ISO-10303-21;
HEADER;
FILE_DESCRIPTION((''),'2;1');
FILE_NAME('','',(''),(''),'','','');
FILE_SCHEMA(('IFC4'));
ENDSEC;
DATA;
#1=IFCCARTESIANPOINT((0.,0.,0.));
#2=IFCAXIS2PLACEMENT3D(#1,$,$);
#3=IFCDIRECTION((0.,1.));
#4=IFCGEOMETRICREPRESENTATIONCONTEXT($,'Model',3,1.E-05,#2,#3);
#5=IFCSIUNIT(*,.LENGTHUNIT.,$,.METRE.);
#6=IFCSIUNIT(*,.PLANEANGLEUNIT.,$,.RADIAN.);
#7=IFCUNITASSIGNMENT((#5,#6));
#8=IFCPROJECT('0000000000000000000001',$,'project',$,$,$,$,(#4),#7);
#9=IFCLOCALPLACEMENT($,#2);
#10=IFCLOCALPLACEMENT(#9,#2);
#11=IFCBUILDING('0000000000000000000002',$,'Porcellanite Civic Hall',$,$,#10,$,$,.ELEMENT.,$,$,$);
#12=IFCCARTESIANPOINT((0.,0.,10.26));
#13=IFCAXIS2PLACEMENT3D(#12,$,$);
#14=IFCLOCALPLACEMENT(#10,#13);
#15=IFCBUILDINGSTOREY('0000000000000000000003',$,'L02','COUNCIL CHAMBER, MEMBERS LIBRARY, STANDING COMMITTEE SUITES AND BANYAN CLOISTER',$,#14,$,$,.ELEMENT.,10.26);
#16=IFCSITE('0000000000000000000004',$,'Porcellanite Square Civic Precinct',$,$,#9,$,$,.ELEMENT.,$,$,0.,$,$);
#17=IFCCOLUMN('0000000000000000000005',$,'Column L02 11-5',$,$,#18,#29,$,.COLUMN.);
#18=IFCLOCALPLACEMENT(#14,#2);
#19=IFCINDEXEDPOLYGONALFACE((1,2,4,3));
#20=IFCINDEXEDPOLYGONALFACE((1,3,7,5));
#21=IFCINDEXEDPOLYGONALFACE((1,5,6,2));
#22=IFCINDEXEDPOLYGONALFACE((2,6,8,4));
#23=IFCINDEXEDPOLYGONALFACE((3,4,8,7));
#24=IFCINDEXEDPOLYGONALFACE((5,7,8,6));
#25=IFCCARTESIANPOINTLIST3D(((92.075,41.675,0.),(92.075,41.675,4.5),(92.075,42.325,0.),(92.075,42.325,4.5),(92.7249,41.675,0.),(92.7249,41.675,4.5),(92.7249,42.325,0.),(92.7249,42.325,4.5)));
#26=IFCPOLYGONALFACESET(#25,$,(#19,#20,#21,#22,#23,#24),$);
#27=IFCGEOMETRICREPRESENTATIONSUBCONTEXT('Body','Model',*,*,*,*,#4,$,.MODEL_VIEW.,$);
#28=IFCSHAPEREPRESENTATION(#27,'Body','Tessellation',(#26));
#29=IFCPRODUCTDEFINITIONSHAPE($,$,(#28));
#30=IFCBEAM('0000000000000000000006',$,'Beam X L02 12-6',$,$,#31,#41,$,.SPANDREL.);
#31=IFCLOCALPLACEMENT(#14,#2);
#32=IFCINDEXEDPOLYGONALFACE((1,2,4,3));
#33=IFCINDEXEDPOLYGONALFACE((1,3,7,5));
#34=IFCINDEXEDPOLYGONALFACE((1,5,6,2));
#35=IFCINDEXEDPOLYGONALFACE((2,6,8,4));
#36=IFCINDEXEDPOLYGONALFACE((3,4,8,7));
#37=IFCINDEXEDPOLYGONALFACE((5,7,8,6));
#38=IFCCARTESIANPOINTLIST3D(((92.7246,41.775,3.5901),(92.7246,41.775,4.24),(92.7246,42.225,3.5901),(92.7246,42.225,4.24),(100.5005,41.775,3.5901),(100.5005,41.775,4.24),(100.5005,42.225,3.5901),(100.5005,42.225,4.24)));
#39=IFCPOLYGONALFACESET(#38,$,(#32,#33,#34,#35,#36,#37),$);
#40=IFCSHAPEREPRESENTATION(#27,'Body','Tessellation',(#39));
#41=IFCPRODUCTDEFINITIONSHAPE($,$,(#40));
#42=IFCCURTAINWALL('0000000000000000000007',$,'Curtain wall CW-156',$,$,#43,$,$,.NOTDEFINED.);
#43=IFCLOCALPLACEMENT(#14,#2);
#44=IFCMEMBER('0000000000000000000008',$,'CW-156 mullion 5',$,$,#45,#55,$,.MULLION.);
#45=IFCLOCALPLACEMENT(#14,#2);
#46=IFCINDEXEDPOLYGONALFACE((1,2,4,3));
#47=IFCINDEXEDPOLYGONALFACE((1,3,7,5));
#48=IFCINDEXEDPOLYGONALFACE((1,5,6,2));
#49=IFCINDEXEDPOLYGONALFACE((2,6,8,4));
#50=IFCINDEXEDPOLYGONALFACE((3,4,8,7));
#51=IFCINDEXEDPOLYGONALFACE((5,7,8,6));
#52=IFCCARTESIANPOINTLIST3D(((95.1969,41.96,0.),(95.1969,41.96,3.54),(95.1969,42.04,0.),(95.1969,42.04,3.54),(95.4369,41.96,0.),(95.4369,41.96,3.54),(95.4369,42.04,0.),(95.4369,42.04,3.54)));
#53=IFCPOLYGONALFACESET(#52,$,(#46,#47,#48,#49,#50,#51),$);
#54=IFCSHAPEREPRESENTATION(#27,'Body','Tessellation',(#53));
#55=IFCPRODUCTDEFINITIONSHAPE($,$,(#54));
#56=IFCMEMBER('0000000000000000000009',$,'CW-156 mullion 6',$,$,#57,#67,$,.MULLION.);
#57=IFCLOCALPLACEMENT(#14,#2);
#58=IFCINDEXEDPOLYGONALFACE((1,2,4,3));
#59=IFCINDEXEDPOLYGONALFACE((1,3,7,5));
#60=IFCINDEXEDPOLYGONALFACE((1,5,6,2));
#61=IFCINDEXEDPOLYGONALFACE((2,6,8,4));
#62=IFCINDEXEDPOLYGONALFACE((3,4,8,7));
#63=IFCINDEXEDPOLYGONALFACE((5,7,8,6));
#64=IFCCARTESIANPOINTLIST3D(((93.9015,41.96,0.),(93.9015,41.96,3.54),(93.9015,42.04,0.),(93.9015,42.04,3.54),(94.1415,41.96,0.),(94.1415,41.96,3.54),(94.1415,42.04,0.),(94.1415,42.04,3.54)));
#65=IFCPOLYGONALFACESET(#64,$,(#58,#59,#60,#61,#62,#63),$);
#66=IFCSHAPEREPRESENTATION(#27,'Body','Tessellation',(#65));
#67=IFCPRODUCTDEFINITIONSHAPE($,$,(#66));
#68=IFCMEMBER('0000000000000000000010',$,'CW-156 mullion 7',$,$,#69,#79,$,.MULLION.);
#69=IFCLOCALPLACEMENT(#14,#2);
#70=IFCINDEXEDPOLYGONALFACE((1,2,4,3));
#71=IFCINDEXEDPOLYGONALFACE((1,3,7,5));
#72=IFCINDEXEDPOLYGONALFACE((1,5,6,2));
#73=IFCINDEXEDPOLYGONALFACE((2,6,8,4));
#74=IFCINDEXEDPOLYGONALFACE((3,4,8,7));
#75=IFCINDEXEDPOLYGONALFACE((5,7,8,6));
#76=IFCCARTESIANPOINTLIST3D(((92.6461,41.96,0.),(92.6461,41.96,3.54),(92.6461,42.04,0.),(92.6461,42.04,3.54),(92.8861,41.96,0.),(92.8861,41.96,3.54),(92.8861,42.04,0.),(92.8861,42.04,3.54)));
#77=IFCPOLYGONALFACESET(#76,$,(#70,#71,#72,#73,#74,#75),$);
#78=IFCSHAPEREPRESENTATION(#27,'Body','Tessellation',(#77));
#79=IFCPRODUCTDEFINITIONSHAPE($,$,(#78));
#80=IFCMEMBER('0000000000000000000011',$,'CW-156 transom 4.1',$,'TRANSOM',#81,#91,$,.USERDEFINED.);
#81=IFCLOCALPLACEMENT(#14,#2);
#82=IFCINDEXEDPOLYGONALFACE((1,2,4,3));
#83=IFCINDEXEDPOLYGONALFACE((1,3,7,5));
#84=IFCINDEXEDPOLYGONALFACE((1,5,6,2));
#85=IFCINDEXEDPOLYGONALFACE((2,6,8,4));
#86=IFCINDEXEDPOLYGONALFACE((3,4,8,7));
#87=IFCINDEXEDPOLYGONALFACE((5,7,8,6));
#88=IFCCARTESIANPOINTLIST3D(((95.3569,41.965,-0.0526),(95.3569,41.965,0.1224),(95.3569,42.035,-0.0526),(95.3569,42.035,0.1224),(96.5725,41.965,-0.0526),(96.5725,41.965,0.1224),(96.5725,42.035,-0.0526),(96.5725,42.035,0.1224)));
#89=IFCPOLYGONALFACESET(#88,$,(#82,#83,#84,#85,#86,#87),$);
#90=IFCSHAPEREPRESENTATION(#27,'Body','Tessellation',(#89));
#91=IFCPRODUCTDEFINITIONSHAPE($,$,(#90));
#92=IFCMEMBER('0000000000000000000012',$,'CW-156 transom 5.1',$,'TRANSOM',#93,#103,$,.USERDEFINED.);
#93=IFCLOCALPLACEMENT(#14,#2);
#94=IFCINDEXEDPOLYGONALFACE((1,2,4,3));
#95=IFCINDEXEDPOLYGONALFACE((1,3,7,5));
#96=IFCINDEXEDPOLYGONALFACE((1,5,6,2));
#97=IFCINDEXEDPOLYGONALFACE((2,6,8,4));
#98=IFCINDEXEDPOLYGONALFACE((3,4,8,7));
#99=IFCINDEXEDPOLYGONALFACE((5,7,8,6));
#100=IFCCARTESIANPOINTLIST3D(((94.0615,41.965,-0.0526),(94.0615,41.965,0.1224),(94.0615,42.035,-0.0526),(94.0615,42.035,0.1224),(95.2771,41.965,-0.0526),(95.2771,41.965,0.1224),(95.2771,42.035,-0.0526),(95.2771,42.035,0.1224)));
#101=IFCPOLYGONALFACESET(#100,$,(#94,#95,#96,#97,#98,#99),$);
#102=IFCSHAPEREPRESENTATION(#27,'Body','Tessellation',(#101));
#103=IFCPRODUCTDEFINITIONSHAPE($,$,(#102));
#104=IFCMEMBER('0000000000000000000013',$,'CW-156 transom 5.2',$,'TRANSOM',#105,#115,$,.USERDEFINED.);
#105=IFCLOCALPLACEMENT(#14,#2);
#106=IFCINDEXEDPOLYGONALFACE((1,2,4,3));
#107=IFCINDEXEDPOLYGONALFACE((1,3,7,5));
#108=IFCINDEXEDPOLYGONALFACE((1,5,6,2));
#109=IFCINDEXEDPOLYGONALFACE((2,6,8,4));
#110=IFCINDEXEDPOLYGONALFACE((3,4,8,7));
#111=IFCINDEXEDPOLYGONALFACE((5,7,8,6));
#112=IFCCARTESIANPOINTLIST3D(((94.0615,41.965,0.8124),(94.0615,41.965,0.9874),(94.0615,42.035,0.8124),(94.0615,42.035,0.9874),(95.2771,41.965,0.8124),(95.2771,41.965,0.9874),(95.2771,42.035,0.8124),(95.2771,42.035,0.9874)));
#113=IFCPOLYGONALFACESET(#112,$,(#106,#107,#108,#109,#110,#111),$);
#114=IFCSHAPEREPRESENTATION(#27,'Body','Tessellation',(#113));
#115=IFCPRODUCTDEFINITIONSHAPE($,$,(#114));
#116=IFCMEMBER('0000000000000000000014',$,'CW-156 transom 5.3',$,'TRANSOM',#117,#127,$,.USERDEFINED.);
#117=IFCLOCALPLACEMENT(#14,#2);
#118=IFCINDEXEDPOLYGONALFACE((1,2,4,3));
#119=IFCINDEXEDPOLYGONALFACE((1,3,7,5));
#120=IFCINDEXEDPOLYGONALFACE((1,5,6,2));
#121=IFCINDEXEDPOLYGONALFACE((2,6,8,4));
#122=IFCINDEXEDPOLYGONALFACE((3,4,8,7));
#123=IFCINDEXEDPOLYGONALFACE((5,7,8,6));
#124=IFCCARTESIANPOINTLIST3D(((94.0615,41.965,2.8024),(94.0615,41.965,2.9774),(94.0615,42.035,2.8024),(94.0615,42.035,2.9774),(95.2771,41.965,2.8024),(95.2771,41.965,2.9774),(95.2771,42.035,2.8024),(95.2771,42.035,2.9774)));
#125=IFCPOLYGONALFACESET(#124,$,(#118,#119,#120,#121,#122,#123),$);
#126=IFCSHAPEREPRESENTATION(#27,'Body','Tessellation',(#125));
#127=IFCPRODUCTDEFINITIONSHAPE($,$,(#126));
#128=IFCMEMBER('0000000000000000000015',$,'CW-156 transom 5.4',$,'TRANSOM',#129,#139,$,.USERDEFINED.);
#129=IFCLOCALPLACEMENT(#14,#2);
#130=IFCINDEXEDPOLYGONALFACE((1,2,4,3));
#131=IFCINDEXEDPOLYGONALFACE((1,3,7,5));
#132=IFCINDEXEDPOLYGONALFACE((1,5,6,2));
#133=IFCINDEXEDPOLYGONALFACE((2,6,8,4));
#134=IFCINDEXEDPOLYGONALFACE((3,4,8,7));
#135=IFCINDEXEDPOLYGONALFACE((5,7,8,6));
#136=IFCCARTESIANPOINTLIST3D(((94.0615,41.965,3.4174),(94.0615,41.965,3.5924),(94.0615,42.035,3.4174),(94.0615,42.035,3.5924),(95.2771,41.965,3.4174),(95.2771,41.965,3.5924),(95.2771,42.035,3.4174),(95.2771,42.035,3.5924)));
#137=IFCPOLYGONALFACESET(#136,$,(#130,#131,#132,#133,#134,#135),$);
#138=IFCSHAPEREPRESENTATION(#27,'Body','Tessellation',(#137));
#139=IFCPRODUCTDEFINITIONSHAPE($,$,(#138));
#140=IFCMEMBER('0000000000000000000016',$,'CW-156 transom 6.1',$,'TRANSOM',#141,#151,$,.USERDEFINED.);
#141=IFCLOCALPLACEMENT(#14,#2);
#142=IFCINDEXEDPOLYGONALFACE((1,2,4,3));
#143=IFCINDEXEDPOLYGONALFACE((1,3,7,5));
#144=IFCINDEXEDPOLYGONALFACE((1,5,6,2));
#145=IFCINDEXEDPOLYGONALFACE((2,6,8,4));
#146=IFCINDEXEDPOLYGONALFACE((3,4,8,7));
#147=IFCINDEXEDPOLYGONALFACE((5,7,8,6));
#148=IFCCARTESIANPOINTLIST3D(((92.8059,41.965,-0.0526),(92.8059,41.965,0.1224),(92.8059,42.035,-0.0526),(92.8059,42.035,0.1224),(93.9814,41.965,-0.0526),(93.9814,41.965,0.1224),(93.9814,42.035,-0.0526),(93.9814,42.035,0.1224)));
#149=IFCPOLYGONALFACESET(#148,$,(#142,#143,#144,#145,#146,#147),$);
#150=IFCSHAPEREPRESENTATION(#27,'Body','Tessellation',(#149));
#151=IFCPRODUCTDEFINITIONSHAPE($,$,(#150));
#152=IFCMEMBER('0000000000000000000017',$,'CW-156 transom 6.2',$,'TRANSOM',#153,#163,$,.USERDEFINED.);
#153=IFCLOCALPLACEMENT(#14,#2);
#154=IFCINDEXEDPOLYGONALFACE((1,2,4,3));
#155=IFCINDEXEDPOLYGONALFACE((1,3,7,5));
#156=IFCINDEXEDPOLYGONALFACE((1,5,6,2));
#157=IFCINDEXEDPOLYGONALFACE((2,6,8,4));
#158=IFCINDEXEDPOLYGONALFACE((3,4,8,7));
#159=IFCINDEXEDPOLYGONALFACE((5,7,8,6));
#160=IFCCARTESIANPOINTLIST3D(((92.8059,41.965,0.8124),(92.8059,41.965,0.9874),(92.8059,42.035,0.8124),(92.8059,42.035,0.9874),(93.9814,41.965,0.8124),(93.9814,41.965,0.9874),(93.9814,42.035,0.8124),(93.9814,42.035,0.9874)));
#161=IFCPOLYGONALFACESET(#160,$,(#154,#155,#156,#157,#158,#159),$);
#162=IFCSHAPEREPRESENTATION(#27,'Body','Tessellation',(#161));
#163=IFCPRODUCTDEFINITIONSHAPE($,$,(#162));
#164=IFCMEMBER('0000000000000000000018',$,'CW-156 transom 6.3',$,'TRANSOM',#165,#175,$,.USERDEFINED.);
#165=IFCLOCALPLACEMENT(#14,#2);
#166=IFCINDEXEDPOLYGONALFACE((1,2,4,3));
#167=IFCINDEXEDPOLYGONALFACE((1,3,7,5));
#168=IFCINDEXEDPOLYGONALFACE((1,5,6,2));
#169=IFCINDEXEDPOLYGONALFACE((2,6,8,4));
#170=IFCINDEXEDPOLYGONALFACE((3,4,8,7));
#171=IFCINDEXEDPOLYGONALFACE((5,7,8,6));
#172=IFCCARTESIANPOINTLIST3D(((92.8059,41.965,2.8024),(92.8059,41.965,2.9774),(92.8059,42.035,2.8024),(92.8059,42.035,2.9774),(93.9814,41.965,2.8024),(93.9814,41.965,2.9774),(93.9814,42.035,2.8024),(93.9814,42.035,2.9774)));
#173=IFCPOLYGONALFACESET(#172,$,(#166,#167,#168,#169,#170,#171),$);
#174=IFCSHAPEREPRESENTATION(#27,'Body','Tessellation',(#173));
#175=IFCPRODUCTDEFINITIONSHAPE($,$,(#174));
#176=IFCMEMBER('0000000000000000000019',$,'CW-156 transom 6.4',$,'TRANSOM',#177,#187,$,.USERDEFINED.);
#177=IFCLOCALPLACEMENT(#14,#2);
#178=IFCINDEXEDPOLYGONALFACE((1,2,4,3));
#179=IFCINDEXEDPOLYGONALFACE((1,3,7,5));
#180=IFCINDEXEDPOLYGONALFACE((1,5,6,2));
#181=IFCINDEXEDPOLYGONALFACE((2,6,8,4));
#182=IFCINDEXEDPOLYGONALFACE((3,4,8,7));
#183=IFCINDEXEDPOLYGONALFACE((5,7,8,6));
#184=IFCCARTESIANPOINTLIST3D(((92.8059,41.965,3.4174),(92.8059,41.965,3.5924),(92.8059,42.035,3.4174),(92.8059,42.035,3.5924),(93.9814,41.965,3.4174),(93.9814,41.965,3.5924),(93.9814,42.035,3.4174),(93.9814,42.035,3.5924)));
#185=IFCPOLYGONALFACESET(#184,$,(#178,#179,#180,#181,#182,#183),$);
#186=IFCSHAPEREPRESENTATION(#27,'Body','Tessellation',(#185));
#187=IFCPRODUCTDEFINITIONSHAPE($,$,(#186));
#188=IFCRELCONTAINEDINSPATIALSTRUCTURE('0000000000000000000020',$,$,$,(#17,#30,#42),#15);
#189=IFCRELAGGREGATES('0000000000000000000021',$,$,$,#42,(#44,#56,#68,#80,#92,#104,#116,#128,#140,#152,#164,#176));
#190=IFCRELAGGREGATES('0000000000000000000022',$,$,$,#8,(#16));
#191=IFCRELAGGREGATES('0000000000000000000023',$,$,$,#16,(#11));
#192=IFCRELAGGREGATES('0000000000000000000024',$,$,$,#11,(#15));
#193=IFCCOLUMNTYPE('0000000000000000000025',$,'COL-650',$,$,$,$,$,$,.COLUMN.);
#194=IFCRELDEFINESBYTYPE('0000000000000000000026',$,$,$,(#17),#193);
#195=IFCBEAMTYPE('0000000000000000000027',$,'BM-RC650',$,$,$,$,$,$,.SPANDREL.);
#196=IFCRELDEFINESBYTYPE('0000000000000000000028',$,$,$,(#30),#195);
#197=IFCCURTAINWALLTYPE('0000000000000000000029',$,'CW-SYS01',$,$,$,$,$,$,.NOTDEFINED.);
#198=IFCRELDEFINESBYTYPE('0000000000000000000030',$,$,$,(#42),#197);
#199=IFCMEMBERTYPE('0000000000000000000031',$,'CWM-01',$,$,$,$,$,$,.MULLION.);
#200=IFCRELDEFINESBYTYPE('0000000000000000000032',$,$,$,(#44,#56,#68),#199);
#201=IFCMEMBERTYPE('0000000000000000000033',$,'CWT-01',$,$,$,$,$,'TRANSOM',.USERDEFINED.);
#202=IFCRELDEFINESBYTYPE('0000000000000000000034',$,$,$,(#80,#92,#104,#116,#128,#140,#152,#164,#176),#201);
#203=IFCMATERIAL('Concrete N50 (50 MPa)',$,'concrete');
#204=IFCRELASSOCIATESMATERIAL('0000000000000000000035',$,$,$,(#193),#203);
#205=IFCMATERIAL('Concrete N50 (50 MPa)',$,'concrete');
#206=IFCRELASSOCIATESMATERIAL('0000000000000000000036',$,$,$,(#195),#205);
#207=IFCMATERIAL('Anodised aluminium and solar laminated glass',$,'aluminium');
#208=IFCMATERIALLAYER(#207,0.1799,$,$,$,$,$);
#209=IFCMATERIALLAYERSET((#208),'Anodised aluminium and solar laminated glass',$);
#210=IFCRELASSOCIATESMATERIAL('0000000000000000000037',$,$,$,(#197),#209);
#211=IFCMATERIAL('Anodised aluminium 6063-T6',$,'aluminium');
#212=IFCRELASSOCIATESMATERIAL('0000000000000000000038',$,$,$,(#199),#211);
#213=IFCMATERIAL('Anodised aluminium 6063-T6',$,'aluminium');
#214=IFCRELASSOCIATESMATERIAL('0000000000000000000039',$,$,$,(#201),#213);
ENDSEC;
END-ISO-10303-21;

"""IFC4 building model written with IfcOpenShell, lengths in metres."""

from ifc_helpers import new_model, si_unit, direction, frame, origin, origin_2d, place, context, subcontext, project, spatial, rectangle, extrude, material, layer, layer_set, material_profile, profile_set, type_object, element, aggregate, save


model = new_model("IFC4")

# Units and contexts
model_context = context("Model", 3, precision=1e-05, world=origin(), true_north=direction((0.0, 1.0)))
body_context = subcontext(model_context, "Body", "Model", "MODEL_VIEW")
ifc_project = project(units=[si_unit("LENGTHUNIT", "METRE"), si_unit("PLANEANGLEUNIT", "RADIAN")], contexts=[model_context])

# Site, building, storey
site_placement = place(None, origin())
site = spatial("IfcSite", under=ifc_project, at=site_placement, Name="Porcellanite Square Civic Precinct", CompositionType="ELEMENT", RefElevation=0.0)
building_placement = place(site_placement, origin())
building = spatial("IfcBuilding", under=site, at=building_placement, Name="Porcellanite Civic Hall", CompositionType="ELEMENT")
storey_placement = place(building_placement, frame((0.0, 0.0, 10.26)))
storey = spatial("IfcBuildingStorey", under=building, at=storey_placement, Name="L02", Description="COUNCIL CHAMBER, MEMBERS LIBRARY, STANDING COMMITTEE SUITES AND BANYAN CLOISTER", CompositionType="ELEMENT", Elevation=10.26)

# Column
ifc_material_1 = material(Name="Concrete N50 (50 MPa)", Category="concrete")
ifc_material_profile_1 = material_profile(ifc_material_1, rectangle(XDim=0.6499, YDim=0.6499, at=origin_2d()), Name="RC-650x650")
ifc_profile_set_1 = profile_set([ifc_material_profile_1], Name="Concrete N50 (50 MPa)")
column_type = type_object("IfcColumnType", Name="COL-650", PredefinedType="COLUMN", material=ifc_profile_set_1)
column_placement = place(storey_placement, frame((92.3999, 42.0, 0.0), z_axis=(0.0, 0.0, 1.0), x_axis=(1.0, 0.0, 0.0)))
element("IfcColumn", 1, at=column_placement, inside=storey, type_object=column_type, Name="Column L02 11-5", PredefinedType="COLUMN", context=body_context, shape_type="SweptSolid", body=[
    extrude(rectangle(XDim=0.6499, YDim=0.6499, at=origin_2d()), origin(), (0.0, 0.0, 1.0), 4.5),
])

# Beam
ifc_material_2 = material(Name="Concrete N50 (50 MPa)", Category="concrete")
ifc_material_profile_2 = material_profile(ifc_material_2, rectangle(XDim=0.45, YDim=0.6499, at=origin_2d()), Name="RC-450x650")
ifc_profile_set_2 = profile_set([ifc_material_profile_2], Name="Concrete N50 (50 MPa)")
beam_type = type_object("IfcBeamType", Name="BM-RC650", PredefinedType="SPANDREL", material=ifc_profile_set_2)
beam_placement = place(storey_placement, frame((92.7246, 42.0, 3.915), z_axis=(1.0, 0.0, 0.0), x_axis=(0.0, 1.0, 0.0)))
element("IfcBeam", 2, at=beam_placement, inside=storey, type_object=beam_type, Name="Beam X L02 12-6", PredefinedType="SPANDREL", context=body_context, shape_type="SweptSolid", body=[
    extrude(rectangle(XDim=0.45, YDim=0.6499, at=origin_2d()), origin(), (0.0, 0.0, 1.0), 7.7759),
])

# Curtain wall, members
ifc_material_3 = material(Name="Anodised aluminium and solar laminated glass", Category="aluminium")
ifc_layer_1 = layer(ifc_material_3, 0.1799)
ifc_layer_set_1 = layer_set([ifc_layer_1], Name="Anodised aluminium and solar laminated glass")
curtain_wall_type = type_object("IfcCurtainWallType", Name="CW-SYS01", PredefinedType="NOTDEFINED", material=ifc_layer_set_1)
curtain_wall_placement = place(storey_placement, origin())
curtain_wall = element("IfcCurtainWall", 3, at=curtain_wall_placement, inside=storey, type_object=curtain_wall_type, Name="Curtain wall CW-156", PredefinedType="NOTDEFINED")
ifc_material_4 = material(Name="Anodised aluminium 6063-T6", Category="aluminium")
ifc_material_profile_3 = material_profile(ifc_material_4, rectangle(XDim=0.0801, YDim=0.24, at=origin_2d()), Name="AL-80x240")
ifc_profile_set_3 = profile_set([ifc_material_profile_3], Name="Anodised aluminium 6063-T6")
member_type_1 = type_object("IfcMemberType", Name="CWM-01", PredefinedType="MULLION", material=ifc_profile_set_3)
member_1_placement = place(storey_placement, frame((95.3169, 42.0, 0.0), z_axis=(0.0, 0.0, 1.0), x_axis=(0.0, -1.0, 0.0)))
member_1 = element("IfcMember", 4, at=member_1_placement, type_object=member_type_1, Name="CW-156 mullion 5", PredefinedType="MULLION", context=body_context, shape_type="SweptSolid", body=[
    extrude(rectangle(XDim=0.0801, YDim=0.24, at=origin_2d()), origin(), (0.0, 0.0, 1.0), 3.54),
])
member_2_placement = place(storey_placement, frame((94.0215, 42.0, 0.0), z_axis=(0.0, 0.0, 1.0), x_axis=(0.0, -1.0, 0.0)))
member_2 = element("IfcMember", 5, at=member_2_placement, type_object=member_type_1, Name="CW-156 mullion 6", PredefinedType="MULLION", context=body_context, shape_type="SweptSolid", body=[
    extrude(rectangle(XDim=0.0801, YDim=0.24, at=origin_2d()), origin(), (0.0, 0.0, 1.0), 3.54),
])
member_3_placement = place(storey_placement, frame((92.7661, 42.0, 0.0), z_axis=(0.0, 0.0, 1.0), x_axis=(0.0, -1.0, 0.0)))
member_3 = element("IfcMember", 6, at=member_3_placement, type_object=member_type_1, Name="CW-156 mullion 7", PredefinedType="MULLION", context=body_context, shape_type="SweptSolid", body=[
    extrude(rectangle(XDim=0.0801, YDim=0.24, at=origin_2d()), origin(), (0.0, 0.0, 1.0), 3.54),
])
ifc_material_5 = material(Name="Anodised aluminium 6063-T6", Category="aluminium")
ifc_material_profile_4 = material_profile(ifc_material_5, rectangle(XDim=0.0701, YDim=0.175, at=origin_2d()), Name="AL-70x175")
ifc_profile_set_4 = profile_set([ifc_material_profile_4], Name="Anodised aluminium 6063-T6")
member_type_2 = type_object("IfcMemberType", Name="CWT-01", ElementType="TRANSOM", PredefinedType="USERDEFINED", material=ifc_profile_set_4)
member_4_placement = place(storey_placement, frame((96.5725, 42.0, 0.0349), z_axis=(-1.0, 0.0, 0.0), x_axis=(0.0, -1.0, 0.0)))
member_4 = element("IfcMember", 7, at=member_4_placement, type_object=member_type_2, Name="CW-156 transom 4.1", ObjectType="TRANSOM", PredefinedType="USERDEFINED", context=body_context, shape_type="SweptSolid", body=[
    extrude(rectangle(XDim=0.0701, YDim=0.175, at=origin_2d()), origin(), (0.0, 0.0, 1.0), 1.2156),
])
member_5_placement = place(storey_placement, frame((95.2771, 42.0, 0.0349), z_axis=(-1.0, 0.0, 0.0), x_axis=(0.0, -1.0, 0.0)))
member_5 = element("IfcMember", 8, at=member_5_placement, type_object=member_type_2, Name="CW-156 transom 5.1", ObjectType="TRANSOM", PredefinedType="USERDEFINED", context=body_context, shape_type="SweptSolid", body=[
    extrude(rectangle(XDim=0.0701, YDim=0.175, at=origin_2d()), origin(), (0.0, 0.0, 1.0), 1.2156),
])
member_6_placement = place(storey_placement, frame((95.2771, 42.0, 0.8999), z_axis=(-1.0, 0.0, 0.0), x_axis=(0.0, -1.0, 0.0)))
member_6 = element("IfcMember", 9, at=member_6_placement, type_object=member_type_2, Name="CW-156 transom 5.2", ObjectType="TRANSOM", PredefinedType="USERDEFINED", context=body_context, shape_type="SweptSolid", body=[
    extrude(rectangle(XDim=0.0701, YDim=0.175, at=origin_2d()), origin(), (0.0, 0.0, 1.0), 1.2156),
])
member_7_placement = place(storey_placement, frame((95.2771, 42.0, 2.8899), z_axis=(-1.0, 0.0, 0.0), x_axis=(0.0, -1.0, 0.0)))
member_7 = element("IfcMember", 10, at=member_7_placement, type_object=member_type_2, Name="CW-156 transom 5.3", ObjectType="TRANSOM", PredefinedType="USERDEFINED", context=body_context, shape_type="SweptSolid", body=[
    extrude(rectangle(XDim=0.0701, YDim=0.175, at=origin_2d()), origin(), (0.0, 0.0, 1.0), 1.2156),
])
member_8_placement = place(storey_placement, frame((95.2771, 42.0, 3.5049), z_axis=(-1.0, 0.0, 0.0), x_axis=(0.0, -1.0, 0.0)))
member_8 = element("IfcMember", 11, at=member_8_placement, type_object=member_type_2, Name="CW-156 transom 5.4", ObjectType="TRANSOM", PredefinedType="USERDEFINED", context=body_context, shape_type="SweptSolid", body=[
    extrude(rectangle(XDim=0.0701, YDim=0.175, at=origin_2d()), origin(), (0.0, 0.0, 1.0), 1.2156),
])
member_9_placement = place(storey_placement, frame((93.9814, 42.0, 0.0349), z_axis=(-1.0, 0.0, 0.0), x_axis=(0.0, -1.0, 0.0)))
member_9 = element("IfcMember", 12, at=member_9_placement, type_object=member_type_2, Name="CW-156 transom 6.1", ObjectType="TRANSOM", PredefinedType="USERDEFINED", context=body_context, shape_type="SweptSolid", body=[
    extrude(rectangle(XDim=0.0701, YDim=0.175, at=origin_2d()), origin(), (0.0, 0.0, 1.0), 1.1755),
])
member_10_placement = place(storey_placement, frame((93.9814, 42.0, 0.8999), z_axis=(-1.0, 0.0, 0.0), x_axis=(0.0, -1.0, 0.0)))
member_10 = element("IfcMember", 13, at=member_10_placement, type_object=member_type_2, Name="CW-156 transom 6.2", ObjectType="TRANSOM", PredefinedType="USERDEFINED", context=body_context, shape_type="SweptSolid", body=[
    extrude(rectangle(XDim=0.0701, YDim=0.175, at=origin_2d()), origin(), (0.0, 0.0, 1.0), 1.1755),
])
member_11_placement = place(storey_placement, frame((93.9814, 42.0, 2.8899), z_axis=(-1.0, 0.0, 0.0), x_axis=(0.0, -1.0, 0.0)))
member_11 = element("IfcMember", 14, at=member_11_placement, type_object=member_type_2, Name="CW-156 transom 6.3", ObjectType="TRANSOM", PredefinedType="USERDEFINED", context=body_context, shape_type="SweptSolid", body=[
    extrude(rectangle(XDim=0.0701, YDim=0.175, at=origin_2d()), origin(), (0.0, 0.0, 1.0), 1.1755),
])
member_12_placement = place(storey_placement, frame((93.9814, 42.0, 3.5049), z_axis=(-1.0, 0.0, 0.0), x_axis=(0.0, -1.0, 0.0)))
member_12 = element("IfcMember", 15, at=member_12_placement, type_object=member_type_2, Name="CW-156 transom 6.4", ObjectType="TRANSOM", PredefinedType="USERDEFINED", context=body_context, shape_type="SweptSolid", body=[
    extrude(rectangle(XDim=0.0701, YDim=0.175, at=origin_2d()), origin(), (0.0, 0.0, 1.0), 1.1755),
])
aggregate(curtain_wall, [member_1, member_2, member_3, member_4, member_5, member_6, member_7, member_8, member_9, member_10, member_11, member_12])

save(model, "model.ifc")
